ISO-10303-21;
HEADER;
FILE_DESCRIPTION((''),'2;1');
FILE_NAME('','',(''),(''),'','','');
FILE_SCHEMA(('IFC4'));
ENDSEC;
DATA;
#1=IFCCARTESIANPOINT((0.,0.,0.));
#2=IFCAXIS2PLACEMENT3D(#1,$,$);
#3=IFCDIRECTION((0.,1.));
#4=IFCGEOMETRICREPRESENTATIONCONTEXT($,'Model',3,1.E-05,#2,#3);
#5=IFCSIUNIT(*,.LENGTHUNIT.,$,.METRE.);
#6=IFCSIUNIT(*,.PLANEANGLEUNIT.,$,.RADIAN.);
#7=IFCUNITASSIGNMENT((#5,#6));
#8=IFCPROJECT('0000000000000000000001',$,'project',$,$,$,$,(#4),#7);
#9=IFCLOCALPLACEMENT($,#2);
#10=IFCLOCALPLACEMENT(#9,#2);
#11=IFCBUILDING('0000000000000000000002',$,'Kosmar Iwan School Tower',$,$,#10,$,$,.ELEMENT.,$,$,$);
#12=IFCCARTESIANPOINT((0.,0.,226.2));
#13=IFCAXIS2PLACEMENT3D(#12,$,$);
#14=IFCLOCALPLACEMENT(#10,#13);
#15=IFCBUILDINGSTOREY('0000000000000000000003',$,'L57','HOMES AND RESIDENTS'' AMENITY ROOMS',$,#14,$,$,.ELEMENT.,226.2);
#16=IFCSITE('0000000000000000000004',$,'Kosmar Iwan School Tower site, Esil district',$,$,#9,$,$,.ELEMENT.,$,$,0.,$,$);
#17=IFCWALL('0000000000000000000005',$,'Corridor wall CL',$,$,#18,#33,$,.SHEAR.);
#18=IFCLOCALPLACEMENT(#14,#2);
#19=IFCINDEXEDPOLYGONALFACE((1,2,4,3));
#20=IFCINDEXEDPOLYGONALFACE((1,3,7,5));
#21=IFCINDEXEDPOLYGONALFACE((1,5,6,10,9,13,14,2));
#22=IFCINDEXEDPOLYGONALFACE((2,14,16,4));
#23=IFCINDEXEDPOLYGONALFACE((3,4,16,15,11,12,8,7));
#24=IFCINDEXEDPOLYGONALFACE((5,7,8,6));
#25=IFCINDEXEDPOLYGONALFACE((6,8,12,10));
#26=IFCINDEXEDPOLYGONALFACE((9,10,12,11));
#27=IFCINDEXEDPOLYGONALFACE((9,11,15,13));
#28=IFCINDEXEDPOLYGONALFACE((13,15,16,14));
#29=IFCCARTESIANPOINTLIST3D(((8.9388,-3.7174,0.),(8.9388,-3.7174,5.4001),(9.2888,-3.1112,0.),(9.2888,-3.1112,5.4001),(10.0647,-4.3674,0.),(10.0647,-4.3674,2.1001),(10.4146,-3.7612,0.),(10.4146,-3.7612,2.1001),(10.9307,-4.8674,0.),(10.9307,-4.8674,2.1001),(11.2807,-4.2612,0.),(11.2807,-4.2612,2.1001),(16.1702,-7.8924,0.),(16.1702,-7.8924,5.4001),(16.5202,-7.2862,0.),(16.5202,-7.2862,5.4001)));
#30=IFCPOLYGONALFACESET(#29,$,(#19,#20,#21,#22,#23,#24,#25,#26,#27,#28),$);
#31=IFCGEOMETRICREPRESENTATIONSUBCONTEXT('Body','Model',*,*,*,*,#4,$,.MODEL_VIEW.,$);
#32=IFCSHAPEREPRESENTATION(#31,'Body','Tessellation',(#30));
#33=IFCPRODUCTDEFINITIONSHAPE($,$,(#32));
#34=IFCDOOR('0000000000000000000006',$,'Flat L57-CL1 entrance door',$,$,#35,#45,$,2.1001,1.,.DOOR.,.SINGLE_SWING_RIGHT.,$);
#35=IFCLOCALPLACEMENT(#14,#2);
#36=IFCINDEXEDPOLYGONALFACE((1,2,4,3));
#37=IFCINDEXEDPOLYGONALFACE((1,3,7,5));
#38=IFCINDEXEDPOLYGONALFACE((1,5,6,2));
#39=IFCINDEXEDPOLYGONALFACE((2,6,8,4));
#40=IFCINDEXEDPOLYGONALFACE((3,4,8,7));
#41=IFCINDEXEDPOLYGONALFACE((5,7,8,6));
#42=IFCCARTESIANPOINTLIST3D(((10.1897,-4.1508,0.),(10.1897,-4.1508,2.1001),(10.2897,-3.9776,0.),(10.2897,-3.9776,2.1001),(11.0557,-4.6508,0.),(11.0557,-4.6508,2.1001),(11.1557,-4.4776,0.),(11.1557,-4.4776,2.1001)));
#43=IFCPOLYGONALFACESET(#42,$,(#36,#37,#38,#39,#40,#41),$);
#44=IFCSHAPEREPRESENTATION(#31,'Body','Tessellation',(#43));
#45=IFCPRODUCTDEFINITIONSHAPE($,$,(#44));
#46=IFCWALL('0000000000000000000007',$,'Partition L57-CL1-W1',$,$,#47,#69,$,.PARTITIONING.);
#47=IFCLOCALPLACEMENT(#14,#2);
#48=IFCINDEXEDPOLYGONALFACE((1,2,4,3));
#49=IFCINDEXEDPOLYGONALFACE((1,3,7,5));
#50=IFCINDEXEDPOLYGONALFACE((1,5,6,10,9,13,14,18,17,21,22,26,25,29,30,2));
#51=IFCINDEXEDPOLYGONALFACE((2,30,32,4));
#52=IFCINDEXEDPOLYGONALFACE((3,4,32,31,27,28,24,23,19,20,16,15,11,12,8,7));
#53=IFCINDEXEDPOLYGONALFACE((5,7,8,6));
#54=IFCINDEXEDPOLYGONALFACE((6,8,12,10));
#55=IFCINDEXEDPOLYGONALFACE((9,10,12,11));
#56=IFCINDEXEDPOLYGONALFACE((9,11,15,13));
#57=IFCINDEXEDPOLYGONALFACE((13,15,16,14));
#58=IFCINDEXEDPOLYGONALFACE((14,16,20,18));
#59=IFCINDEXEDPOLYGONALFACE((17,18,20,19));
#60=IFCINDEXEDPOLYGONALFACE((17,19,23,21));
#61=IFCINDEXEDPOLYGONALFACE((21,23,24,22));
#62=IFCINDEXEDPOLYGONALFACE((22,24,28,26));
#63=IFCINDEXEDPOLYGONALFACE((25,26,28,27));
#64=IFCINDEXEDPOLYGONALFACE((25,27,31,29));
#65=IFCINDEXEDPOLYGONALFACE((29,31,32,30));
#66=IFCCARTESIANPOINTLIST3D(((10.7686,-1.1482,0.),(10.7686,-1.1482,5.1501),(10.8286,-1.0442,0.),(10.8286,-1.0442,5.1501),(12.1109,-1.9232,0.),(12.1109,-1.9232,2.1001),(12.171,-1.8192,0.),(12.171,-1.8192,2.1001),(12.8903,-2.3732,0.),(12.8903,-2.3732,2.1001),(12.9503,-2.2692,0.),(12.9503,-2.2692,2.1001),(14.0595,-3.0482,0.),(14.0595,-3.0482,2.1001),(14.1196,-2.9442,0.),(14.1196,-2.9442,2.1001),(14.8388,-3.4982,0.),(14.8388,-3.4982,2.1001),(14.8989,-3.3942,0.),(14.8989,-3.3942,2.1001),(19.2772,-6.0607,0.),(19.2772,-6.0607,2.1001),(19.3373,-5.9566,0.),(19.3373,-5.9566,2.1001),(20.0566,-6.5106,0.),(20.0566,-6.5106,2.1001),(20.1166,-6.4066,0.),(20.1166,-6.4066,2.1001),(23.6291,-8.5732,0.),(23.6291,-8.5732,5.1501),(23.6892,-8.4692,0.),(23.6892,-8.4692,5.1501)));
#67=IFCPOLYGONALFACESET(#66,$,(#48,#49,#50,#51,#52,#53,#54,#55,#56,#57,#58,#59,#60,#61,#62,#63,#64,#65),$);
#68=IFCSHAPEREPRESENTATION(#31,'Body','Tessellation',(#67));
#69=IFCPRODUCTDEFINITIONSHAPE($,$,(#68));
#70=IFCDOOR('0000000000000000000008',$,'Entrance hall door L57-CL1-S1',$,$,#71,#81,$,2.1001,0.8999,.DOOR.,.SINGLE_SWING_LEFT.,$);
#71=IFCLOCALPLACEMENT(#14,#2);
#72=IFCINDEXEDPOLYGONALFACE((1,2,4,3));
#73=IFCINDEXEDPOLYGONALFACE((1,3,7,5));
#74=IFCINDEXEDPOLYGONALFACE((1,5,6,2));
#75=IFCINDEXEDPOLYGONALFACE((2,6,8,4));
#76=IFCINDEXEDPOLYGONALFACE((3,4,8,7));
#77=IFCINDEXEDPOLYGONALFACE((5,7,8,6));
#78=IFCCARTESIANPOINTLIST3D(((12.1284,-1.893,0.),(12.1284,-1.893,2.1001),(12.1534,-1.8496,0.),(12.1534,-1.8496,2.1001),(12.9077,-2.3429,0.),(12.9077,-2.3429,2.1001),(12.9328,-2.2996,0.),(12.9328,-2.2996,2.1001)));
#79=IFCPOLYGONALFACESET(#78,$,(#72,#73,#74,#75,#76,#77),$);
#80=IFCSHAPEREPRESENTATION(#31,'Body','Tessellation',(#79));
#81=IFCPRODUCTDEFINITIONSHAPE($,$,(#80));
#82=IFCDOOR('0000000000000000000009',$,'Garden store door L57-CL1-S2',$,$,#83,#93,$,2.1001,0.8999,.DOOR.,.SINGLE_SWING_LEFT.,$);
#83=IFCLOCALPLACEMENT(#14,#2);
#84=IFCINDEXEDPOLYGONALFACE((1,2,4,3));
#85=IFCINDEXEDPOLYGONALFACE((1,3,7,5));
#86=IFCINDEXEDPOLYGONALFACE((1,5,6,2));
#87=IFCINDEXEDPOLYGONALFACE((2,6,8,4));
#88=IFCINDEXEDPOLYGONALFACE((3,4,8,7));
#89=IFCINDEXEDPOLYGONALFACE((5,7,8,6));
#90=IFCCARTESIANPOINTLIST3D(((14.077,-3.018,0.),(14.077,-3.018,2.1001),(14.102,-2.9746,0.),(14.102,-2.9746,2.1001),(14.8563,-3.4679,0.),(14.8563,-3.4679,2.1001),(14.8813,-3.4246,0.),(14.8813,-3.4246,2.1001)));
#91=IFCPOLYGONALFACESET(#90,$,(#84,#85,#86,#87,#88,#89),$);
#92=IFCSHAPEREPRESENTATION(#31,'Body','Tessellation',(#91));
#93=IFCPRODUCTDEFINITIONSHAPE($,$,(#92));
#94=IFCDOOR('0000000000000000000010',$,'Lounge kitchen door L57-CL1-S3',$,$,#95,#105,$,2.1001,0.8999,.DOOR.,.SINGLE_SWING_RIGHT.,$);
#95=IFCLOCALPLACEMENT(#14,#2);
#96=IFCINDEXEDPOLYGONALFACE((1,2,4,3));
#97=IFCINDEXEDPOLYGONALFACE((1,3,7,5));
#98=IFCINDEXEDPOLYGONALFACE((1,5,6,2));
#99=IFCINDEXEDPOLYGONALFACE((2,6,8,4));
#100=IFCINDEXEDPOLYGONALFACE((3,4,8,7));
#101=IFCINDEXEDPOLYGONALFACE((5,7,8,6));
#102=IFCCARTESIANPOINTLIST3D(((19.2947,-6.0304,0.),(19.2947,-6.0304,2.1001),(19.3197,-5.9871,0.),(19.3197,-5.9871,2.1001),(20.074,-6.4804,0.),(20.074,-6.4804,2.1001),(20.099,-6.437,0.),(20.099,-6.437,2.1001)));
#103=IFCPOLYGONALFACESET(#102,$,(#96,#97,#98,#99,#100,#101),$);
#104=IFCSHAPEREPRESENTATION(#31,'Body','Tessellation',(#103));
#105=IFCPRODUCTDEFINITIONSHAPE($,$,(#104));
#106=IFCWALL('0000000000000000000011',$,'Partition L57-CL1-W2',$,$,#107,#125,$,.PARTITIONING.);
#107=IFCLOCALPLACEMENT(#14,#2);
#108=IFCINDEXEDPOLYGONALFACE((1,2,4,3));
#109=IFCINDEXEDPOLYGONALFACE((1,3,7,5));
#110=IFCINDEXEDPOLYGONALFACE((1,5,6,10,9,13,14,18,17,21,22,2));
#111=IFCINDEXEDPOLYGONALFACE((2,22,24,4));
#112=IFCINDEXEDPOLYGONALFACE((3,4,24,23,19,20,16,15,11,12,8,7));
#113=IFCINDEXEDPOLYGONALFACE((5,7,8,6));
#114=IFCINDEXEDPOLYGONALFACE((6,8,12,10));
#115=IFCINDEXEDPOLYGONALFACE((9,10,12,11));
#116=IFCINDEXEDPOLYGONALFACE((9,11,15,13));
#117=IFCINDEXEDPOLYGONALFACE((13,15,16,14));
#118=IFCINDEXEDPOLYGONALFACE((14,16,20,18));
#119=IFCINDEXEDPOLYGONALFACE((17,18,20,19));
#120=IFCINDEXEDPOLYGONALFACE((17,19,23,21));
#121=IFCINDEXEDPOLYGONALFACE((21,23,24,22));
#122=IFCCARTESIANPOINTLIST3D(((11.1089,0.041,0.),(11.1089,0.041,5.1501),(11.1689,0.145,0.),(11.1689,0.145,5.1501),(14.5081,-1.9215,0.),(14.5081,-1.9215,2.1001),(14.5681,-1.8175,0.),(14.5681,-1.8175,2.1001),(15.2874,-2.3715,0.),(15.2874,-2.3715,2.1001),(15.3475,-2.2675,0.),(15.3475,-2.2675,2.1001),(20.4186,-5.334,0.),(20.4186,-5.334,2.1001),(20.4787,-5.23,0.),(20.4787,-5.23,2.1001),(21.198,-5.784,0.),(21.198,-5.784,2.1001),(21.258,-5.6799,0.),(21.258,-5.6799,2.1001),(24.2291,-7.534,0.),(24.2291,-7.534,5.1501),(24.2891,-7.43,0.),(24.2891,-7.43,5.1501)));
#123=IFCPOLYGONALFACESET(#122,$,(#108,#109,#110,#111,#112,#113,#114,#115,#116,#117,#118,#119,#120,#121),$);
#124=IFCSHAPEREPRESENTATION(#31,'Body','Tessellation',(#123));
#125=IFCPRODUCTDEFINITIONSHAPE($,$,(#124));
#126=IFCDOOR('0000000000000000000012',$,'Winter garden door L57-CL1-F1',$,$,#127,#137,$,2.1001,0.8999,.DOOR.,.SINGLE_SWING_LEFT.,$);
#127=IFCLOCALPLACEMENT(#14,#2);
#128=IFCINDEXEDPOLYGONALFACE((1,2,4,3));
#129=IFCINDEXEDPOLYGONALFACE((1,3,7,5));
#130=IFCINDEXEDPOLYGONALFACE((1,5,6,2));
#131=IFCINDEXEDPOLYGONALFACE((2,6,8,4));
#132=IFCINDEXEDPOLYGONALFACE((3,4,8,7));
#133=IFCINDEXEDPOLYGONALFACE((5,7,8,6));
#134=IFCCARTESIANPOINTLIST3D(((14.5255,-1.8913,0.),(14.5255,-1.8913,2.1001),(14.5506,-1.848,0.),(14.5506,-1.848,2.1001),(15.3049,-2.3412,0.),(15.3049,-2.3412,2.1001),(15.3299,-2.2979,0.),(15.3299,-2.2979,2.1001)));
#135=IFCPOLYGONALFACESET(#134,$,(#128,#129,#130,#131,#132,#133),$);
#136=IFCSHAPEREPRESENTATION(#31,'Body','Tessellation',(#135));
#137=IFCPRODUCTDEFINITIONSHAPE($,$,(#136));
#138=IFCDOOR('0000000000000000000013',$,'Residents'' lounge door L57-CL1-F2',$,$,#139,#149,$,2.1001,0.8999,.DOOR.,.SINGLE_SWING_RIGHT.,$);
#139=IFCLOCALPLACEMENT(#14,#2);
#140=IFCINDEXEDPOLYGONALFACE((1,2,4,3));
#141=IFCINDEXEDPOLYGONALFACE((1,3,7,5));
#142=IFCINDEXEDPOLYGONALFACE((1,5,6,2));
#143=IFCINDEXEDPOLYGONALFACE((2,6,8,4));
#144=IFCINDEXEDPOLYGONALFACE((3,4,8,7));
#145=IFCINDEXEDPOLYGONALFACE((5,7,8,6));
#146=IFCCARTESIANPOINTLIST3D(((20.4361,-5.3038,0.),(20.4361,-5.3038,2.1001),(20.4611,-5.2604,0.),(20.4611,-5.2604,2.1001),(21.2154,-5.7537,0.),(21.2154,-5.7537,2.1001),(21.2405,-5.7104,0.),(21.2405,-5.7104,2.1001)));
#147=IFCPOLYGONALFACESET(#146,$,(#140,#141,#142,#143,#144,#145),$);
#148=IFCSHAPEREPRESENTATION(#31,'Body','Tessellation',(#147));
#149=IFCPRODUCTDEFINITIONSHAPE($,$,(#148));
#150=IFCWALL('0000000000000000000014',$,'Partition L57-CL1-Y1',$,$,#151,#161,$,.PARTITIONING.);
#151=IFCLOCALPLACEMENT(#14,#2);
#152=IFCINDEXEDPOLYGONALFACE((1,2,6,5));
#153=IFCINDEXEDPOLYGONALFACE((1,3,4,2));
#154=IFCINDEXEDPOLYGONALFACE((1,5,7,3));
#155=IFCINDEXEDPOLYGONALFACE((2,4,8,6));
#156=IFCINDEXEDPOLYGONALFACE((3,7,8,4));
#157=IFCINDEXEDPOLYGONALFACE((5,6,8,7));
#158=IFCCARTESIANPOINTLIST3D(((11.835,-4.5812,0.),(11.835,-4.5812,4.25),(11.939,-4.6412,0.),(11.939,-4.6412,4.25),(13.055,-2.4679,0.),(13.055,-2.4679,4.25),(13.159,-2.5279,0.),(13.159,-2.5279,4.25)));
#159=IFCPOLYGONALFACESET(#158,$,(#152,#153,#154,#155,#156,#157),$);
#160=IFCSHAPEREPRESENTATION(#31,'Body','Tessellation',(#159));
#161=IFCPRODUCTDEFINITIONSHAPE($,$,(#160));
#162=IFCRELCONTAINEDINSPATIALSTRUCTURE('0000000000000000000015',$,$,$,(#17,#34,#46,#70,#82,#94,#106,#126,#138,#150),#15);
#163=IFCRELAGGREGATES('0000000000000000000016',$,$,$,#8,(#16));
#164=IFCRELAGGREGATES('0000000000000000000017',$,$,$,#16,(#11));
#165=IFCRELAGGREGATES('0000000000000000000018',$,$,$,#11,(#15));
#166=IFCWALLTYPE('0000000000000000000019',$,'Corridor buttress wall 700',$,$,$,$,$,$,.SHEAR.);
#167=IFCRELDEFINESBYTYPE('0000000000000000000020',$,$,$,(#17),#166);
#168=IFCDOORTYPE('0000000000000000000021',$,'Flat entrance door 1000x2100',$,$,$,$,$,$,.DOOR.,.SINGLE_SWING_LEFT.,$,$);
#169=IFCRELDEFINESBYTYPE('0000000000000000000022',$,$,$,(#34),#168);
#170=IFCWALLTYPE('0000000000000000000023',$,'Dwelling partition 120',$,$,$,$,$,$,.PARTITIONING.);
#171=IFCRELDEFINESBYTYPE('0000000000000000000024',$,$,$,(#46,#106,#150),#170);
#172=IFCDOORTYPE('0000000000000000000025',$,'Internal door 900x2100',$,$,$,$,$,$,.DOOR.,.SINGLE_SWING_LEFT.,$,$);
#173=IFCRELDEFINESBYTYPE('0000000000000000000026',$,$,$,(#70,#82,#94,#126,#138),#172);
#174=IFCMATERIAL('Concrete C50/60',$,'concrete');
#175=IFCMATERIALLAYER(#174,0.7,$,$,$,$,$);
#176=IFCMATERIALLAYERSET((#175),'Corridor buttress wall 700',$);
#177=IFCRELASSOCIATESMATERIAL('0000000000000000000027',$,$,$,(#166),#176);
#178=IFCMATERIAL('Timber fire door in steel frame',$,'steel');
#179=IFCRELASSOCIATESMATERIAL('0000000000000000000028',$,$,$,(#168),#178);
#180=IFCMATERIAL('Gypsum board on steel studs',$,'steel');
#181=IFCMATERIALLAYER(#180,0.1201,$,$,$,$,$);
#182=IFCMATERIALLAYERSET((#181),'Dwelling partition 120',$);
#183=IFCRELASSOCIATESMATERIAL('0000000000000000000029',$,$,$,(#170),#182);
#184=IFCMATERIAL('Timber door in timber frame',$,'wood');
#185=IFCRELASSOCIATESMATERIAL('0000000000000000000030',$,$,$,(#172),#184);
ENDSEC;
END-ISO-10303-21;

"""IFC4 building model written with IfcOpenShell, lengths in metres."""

from ifc_helpers import new_model, si_unit, direction, frame, frame_2d, origin, place, context, subcontext, project, spatial, rectangle, extrude, material, layer, layer_set, type_object, element, fill, save


model = new_model("IFC4")

# Units and contexts
model_context = context("Model", 3, precision=1e-05, world=origin(), true_north=direction((0.0, 1.0)))
body_context = subcontext(model_context, "Body", "Model", "MODEL_VIEW")
ifc_project = project(units=[si_unit("LENGTHUNIT", "METRE"), si_unit("PLANEANGLEUNIT", "RADIAN")], contexts=[model_context])

# Site, building, storey
site_placement = place(None, origin())
site = spatial("IfcSite", under=ifc_project, at=site_placement, Name="Kosmar Iwan School Tower site, Esil district", CompositionType="ELEMENT", RefElevation=0.0)
building_placement = place(site_placement, origin())
building = spatial("IfcBuilding", under=site, at=building_placement, Name="Kosmar Iwan School Tower", CompositionType="ELEMENT")
storey_placement = place(building_placement, frame((0.0, 0.0, 226.2)))
storey = spatial("IfcBuildingStorey", under=building, at=storey_placement, Name="L57", Description="HOMES AND RESIDENTS' AMENITY ROOMS", CompositionType="ELEMENT", Elevation=226.2)

# Wall, opening, door
ifc_material_1 = material(Name="Concrete C50/60", Category="concrete")
ifc_layer_1 = layer(ifc_material_1, 0.7)
ifc_layer_set_1 = layer_set([ifc_layer_1], Name="Corridor buttress wall 700")
wall_type_1 = type_object("IfcWallType", Name="Corridor buttress wall 700", PredefinedType="SHEAR", material=ifc_layer_set_1)
wall_1_placement = place(storey_placement, frame((9.1138, -3.4143, 0.0), z_axis=(0.0, 0.0, 1.0), x_axis=(0.866027, -0.499997, 0.0)))
wall_1 = element("IfcWall", 1, at=wall_1_placement, inside=storey, type_object=wall_type_1, Name="Corridor wall CL", PredefinedType="SHEAR", context=body_context, shape_type="SweptSolid", body=[
    extrude(rectangle(XDim=8.3501, YDim=0.7, at=frame_2d((4.175, 0.0))), origin(), (0.0, 0.0, 1.0), 5.4001),
])
opening_1_placement = place(wall_1_placement, frame((1.3, 0.0, 0.0)))
opening_1 = element("IfcOpeningElement", 2, at=opening_1_placement, cuts=wall_1, PredefinedType="OPENING", context=body_context, shape_type="SweptSolid", body=[
    extrude(rectangle(XDim=1.0, YDim=2.1001, at=frame_2d((0.5, 1.05))), frame((0.0, 0.3621, 0.0), z_axis=(0.0, -1.0, 0.0), x_axis=(1.0, 0.0, 0.0)), (0.0, 0.0, 1.0), 0.7239),
])
ifc_material_2 = material(Name="Timber fire door in steel frame", Category="steel")
door_type_1 = type_object("IfcDoorType", Name="Flat entrance door 1000x2100", OperationType="SINGLE_SWING_LEFT", PredefinedType="DOOR", material=ifc_material_2)
door_1_placement = place(opening_1_placement, origin())
door_1 = element("IfcDoor", 3, at=door_1_placement, inside=storey, type_object=door_type_1, Name="Flat L57-CL1 entrance door", OperationType="SINGLE_SWING_RIGHT", OverallHeight=2.1001, OverallWidth=1.0, PredefinedType="DOOR", context=body_context, shape_type="SweptSolid", body=[
    extrude(rectangle(XDim=1.0, YDim=2.1001, at=frame_2d((0.5, 1.05))), frame((0.0, 0.1001, 0.0), z_axis=(0.0, -1.0, 0.0), x_axis=(1.0, 0.0, 0.0)), (0.0, 0.0, 1.0), 0.2),
])
fill(opening_1, door_1)

# Walls, openings, doors
ifc_material_3 = material(Name="Gypsum board on steel studs", Category="steel")
ifc_layer_2 = layer(ifc_material_3, 0.1201)
ifc_layer_set_2 = layer_set([ifc_layer_2], Name="Dwelling partition 120")
wall_type_2 = type_object("IfcWallType", Name="Dwelling partition 120", PredefinedType="PARTITIONING", material=ifc_layer_set_2)
wall_2_placement = place(storey_placement, frame((10.7986, -1.0962, 0.0), z_axis=(0.0, 0.0, 1.0), x_axis=(0.866026, -0.499999, 0.0)))
wall_2 = element("IfcWall", 4, at=wall_2_placement, inside=storey, type_object=wall_type_2, Name="Partition L57-CL1-W1", PredefinedType="PARTITIONING", context=body_context, shape_type="SweptSolid", body=[
    extrude(rectangle(XDim=14.8501, YDim=0.1201, at=frame_2d((7.425, 0.0))), origin(), (0.0, 0.0, 1.0), 5.1501),
])
opening_2_placement = place(wall_2_placement, frame((1.55, 0.0, 0.0)))
opening_2 = element("IfcOpeningElement", 5, at=opening_2_placement, cuts=wall_2, PredefinedType="OPENING", context=body_context, shape_type="SweptSolid", body=[
    extrude(rectangle(XDim=0.8999, YDim=2.1001, at=frame_2d((0.45, 1.05))), frame((0.0, 0.072, 0.0), z_axis=(0.0, -1.0, 0.0), x_axis=(1.0, 0.0, 0.0)), (0.0, 0.0, 1.0), 0.144),
])
opening_3_placement = place(wall_2_placement, frame((3.8, 0.0, 0.0)))
opening_3 = element("IfcOpeningElement", 6, at=opening_3_placement, cuts=wall_2, PredefinedType="OPENING", context=body_context, shape_type="SweptSolid", body=[
    extrude(rectangle(XDim=0.8999, YDim=2.1001, at=frame_2d((0.45, 1.05))), frame((0.0, 0.072, 0.0), z_axis=(0.0, -1.0, 0.0), x_axis=(1.0, 0.0, 0.0)), (0.0, 0.0, 1.0), 0.144),
])
opening_4_placement = place(wall_2_placement, frame((9.825, 0.0, 0.0)))
opening_4 = element("IfcOpeningElement", 7, at=opening_4_placement, cuts=wall_2, PredefinedType="OPENING", context=body_context, shape_type="SweptSolid", body=[
    extrude(rectangle(XDim=0.8999, YDim=2.1001, at=frame_2d((0.45, 1.05))), frame((0.0, 0.072, 0.0), z_axis=(0.0, -1.0, 0.0), x_axis=(1.0, 0.0, 0.0)), (0.0, 0.0, 1.0), 0.144),
])
ifc_material_4 = material(Name="Timber door in timber frame", Category="wood")
door_type_2 = type_object("IfcDoorType", Name="Internal door 900x2100", OperationType="SINGLE_SWING_LEFT", PredefinedType="DOOR", material=ifc_material_4)
door_2_placement = place(opening_2_placement, origin())
door_2 = element("IfcDoor", 8, at=door_2_placement, inside=storey, type_object=door_type_2, Name="Entrance hall door L57-CL1-S1", OperationType="SINGLE_SWING_LEFT", OverallHeight=2.1001, OverallWidth=0.8999, PredefinedType="DOOR", context=body_context, shape_type="SweptSolid", body=[
    extrude(rectangle(XDim=0.8999, YDim=2.1001, at=frame_2d((0.45, 1.05))), frame((0.0, 0.0249, 0.0), z_axis=(0.0, -1.0, 0.0), x_axis=(1.0, 0.0, 0.0)), (0.0, 0.0, 1.0), 0.05),
])
fill(opening_2, door_2)
door_3_placement = place(opening_3_placement, origin())
door_3 = element("IfcDoor", 9, at=door_3_placement, inside=storey, type_object=door_type_2, Name="Garden store door L57-CL1-S2", OperationType="SINGLE_SWING_LEFT", OverallHeight=2.1001, OverallWidth=0.8999, PredefinedType="DOOR", context=body_context, shape_type="SweptSolid", body=[
    extrude(rectangle(XDim=0.8999, YDim=2.1001, at=frame_2d((0.45, 1.05))), frame((0.0, 0.0249, 0.0), z_axis=(0.0, -1.0, 0.0), x_axis=(1.0, 0.0, 0.0)), (0.0, 0.0, 1.0), 0.05),
])
fill(opening_3, door_3)
door_4_placement = place(opening_4_placement, origin())
door_4 = element("IfcDoor", 10, at=door_4_placement, inside=storey, type_object=door_type_2, Name="Lounge kitchen door L57-CL1-S3", OperationType="SINGLE_SWING_RIGHT", OverallHeight=2.1001, OverallWidth=0.8999, PredefinedType="DOOR", context=body_context, shape_type="SweptSolid", body=[
    extrude(rectangle(XDim=0.8999, YDim=2.1001, at=frame_2d((0.45, 1.05))), frame((0.0, 0.0249, 0.0), z_axis=(0.0, -1.0, 0.0), x_axis=(1.0, 0.0, 0.0)), (0.0, 0.0, 1.0), 0.05),
])
fill(opening_4, door_4)
wall_3_placement = place(storey_placement, frame((11.1389, 0.093, 0.0), z_axis=(0.0, 0.0, 1.0), x_axis=(0.866024, -0.500002, 0.0)))
wall_3 = element("IfcWall", 11, at=wall_3_placement, inside=storey, type_object=wall_type_2, Name="Partition L57-CL1-W2", PredefinedType="PARTITIONING", context=body_context, shape_type="SweptSolid", body=[
    extrude(rectangle(XDim=15.1499, YDim=0.1201, at=frame_2d((7.575, 0.0))), origin(), (0.0, 0.0, 1.0), 5.1501),
])
opening_5_placement = place(wall_3_placement, frame((3.925, 0.0, 0.0)))
opening_5 = element("IfcOpeningElement", 12, at=opening_5_placement, cuts=wall_3, PredefinedType="OPENING", context=body_context, shape_type="SweptSolid", body=[
    extrude(rectangle(XDim=0.8999, YDim=2.1001, at=frame_2d((0.45, 1.05))), frame((0.0, 0.072, 0.0), z_axis=(0.0, -1.0, 0.0), x_axis=(1.0, 0.0, 0.0)), (0.0, 0.0, 1.0), 0.144),
])
opening_6_placement = place(wall_3_placement, frame((10.75, 0.0, 0.0)))
opening_6 = element("IfcOpeningElement", 13, at=opening_6_placement, cuts=wall_3, PredefinedType="OPENING", context=body_context, shape_type="SweptSolid", body=[
    extrude(rectangle(XDim=0.8999, YDim=2.1001, at=frame_2d((0.45, 1.05))), frame((0.0, 0.072, 0.0), z_axis=(0.0, -1.0, 0.0), x_axis=(1.0, 0.0, 0.0)), (0.0, 0.0, 1.0), 0.144),
])
door_5_placement = place(opening_5_placement, origin())
door_5 = element("IfcDoor", 14, at=door_5_placement, inside=storey, type_object=door_type_2, Name="Winter garden door L57-CL1-F1", OperationType="SINGLE_SWING_LEFT", OverallHeight=2.1001, OverallWidth=0.8999, PredefinedType="DOOR", context=body_context, shape_type="SweptSolid", body=[
    extrude(rectangle(XDim=0.8999, YDim=2.1001, at=frame_2d((0.45, 1.05))), frame((0.0, 0.0249, 0.0), z_axis=(0.0, -1.0, 0.0), x_axis=(1.0, 0.0, 0.0)), (0.0, 0.0, 1.0), 0.05),
])
fill(opening_5, door_5)
door_6_placement = place(opening_6_placement, origin())
door_6 = element("IfcDoor", 15, at=door_6_placement, inside=storey, type_object=door_type_2, Name="Residents' lounge door L57-CL1-F2", OperationType="SINGLE_SWING_RIGHT", OverallHeight=2.1001, OverallWidth=0.8999, PredefinedType="DOOR", context=body_context, shape_type="SweptSolid", body=[
    extrude(rectangle(XDim=0.8999, YDim=2.1001, at=frame_2d((0.45, 1.05))), frame((0.0, 0.0249, 0.0), z_axis=(0.0, -1.0, 0.0), x_axis=(1.0, 0.0, 0.0)), (0.0, 0.0, 1.0), 0.05),
])
fill(opening_6, door_6)

# Wall
wall_4_placement = place(storey_placement, frame((11.887, -4.6113, 0.0), z_axis=(0.0, 0.0, 1.0), x_axis=(0.499959, 0.866049, 0.0)))
element("IfcWall", 16, at=wall_4_placement, inside=storey, type_object=wall_type_2, Name="Partition L57-CL1-Y1", PredefinedType="PARTITIONING", context=body_context, shape_type="SweptSolid", body=[
    extrude(rectangle(XDim=2.4402, YDim=0.1201, at=frame_2d((1.2202, 0.0))), origin(), (0.0, 0.0, 1.0), 4.25),
])

save(model, "model.ifc")
